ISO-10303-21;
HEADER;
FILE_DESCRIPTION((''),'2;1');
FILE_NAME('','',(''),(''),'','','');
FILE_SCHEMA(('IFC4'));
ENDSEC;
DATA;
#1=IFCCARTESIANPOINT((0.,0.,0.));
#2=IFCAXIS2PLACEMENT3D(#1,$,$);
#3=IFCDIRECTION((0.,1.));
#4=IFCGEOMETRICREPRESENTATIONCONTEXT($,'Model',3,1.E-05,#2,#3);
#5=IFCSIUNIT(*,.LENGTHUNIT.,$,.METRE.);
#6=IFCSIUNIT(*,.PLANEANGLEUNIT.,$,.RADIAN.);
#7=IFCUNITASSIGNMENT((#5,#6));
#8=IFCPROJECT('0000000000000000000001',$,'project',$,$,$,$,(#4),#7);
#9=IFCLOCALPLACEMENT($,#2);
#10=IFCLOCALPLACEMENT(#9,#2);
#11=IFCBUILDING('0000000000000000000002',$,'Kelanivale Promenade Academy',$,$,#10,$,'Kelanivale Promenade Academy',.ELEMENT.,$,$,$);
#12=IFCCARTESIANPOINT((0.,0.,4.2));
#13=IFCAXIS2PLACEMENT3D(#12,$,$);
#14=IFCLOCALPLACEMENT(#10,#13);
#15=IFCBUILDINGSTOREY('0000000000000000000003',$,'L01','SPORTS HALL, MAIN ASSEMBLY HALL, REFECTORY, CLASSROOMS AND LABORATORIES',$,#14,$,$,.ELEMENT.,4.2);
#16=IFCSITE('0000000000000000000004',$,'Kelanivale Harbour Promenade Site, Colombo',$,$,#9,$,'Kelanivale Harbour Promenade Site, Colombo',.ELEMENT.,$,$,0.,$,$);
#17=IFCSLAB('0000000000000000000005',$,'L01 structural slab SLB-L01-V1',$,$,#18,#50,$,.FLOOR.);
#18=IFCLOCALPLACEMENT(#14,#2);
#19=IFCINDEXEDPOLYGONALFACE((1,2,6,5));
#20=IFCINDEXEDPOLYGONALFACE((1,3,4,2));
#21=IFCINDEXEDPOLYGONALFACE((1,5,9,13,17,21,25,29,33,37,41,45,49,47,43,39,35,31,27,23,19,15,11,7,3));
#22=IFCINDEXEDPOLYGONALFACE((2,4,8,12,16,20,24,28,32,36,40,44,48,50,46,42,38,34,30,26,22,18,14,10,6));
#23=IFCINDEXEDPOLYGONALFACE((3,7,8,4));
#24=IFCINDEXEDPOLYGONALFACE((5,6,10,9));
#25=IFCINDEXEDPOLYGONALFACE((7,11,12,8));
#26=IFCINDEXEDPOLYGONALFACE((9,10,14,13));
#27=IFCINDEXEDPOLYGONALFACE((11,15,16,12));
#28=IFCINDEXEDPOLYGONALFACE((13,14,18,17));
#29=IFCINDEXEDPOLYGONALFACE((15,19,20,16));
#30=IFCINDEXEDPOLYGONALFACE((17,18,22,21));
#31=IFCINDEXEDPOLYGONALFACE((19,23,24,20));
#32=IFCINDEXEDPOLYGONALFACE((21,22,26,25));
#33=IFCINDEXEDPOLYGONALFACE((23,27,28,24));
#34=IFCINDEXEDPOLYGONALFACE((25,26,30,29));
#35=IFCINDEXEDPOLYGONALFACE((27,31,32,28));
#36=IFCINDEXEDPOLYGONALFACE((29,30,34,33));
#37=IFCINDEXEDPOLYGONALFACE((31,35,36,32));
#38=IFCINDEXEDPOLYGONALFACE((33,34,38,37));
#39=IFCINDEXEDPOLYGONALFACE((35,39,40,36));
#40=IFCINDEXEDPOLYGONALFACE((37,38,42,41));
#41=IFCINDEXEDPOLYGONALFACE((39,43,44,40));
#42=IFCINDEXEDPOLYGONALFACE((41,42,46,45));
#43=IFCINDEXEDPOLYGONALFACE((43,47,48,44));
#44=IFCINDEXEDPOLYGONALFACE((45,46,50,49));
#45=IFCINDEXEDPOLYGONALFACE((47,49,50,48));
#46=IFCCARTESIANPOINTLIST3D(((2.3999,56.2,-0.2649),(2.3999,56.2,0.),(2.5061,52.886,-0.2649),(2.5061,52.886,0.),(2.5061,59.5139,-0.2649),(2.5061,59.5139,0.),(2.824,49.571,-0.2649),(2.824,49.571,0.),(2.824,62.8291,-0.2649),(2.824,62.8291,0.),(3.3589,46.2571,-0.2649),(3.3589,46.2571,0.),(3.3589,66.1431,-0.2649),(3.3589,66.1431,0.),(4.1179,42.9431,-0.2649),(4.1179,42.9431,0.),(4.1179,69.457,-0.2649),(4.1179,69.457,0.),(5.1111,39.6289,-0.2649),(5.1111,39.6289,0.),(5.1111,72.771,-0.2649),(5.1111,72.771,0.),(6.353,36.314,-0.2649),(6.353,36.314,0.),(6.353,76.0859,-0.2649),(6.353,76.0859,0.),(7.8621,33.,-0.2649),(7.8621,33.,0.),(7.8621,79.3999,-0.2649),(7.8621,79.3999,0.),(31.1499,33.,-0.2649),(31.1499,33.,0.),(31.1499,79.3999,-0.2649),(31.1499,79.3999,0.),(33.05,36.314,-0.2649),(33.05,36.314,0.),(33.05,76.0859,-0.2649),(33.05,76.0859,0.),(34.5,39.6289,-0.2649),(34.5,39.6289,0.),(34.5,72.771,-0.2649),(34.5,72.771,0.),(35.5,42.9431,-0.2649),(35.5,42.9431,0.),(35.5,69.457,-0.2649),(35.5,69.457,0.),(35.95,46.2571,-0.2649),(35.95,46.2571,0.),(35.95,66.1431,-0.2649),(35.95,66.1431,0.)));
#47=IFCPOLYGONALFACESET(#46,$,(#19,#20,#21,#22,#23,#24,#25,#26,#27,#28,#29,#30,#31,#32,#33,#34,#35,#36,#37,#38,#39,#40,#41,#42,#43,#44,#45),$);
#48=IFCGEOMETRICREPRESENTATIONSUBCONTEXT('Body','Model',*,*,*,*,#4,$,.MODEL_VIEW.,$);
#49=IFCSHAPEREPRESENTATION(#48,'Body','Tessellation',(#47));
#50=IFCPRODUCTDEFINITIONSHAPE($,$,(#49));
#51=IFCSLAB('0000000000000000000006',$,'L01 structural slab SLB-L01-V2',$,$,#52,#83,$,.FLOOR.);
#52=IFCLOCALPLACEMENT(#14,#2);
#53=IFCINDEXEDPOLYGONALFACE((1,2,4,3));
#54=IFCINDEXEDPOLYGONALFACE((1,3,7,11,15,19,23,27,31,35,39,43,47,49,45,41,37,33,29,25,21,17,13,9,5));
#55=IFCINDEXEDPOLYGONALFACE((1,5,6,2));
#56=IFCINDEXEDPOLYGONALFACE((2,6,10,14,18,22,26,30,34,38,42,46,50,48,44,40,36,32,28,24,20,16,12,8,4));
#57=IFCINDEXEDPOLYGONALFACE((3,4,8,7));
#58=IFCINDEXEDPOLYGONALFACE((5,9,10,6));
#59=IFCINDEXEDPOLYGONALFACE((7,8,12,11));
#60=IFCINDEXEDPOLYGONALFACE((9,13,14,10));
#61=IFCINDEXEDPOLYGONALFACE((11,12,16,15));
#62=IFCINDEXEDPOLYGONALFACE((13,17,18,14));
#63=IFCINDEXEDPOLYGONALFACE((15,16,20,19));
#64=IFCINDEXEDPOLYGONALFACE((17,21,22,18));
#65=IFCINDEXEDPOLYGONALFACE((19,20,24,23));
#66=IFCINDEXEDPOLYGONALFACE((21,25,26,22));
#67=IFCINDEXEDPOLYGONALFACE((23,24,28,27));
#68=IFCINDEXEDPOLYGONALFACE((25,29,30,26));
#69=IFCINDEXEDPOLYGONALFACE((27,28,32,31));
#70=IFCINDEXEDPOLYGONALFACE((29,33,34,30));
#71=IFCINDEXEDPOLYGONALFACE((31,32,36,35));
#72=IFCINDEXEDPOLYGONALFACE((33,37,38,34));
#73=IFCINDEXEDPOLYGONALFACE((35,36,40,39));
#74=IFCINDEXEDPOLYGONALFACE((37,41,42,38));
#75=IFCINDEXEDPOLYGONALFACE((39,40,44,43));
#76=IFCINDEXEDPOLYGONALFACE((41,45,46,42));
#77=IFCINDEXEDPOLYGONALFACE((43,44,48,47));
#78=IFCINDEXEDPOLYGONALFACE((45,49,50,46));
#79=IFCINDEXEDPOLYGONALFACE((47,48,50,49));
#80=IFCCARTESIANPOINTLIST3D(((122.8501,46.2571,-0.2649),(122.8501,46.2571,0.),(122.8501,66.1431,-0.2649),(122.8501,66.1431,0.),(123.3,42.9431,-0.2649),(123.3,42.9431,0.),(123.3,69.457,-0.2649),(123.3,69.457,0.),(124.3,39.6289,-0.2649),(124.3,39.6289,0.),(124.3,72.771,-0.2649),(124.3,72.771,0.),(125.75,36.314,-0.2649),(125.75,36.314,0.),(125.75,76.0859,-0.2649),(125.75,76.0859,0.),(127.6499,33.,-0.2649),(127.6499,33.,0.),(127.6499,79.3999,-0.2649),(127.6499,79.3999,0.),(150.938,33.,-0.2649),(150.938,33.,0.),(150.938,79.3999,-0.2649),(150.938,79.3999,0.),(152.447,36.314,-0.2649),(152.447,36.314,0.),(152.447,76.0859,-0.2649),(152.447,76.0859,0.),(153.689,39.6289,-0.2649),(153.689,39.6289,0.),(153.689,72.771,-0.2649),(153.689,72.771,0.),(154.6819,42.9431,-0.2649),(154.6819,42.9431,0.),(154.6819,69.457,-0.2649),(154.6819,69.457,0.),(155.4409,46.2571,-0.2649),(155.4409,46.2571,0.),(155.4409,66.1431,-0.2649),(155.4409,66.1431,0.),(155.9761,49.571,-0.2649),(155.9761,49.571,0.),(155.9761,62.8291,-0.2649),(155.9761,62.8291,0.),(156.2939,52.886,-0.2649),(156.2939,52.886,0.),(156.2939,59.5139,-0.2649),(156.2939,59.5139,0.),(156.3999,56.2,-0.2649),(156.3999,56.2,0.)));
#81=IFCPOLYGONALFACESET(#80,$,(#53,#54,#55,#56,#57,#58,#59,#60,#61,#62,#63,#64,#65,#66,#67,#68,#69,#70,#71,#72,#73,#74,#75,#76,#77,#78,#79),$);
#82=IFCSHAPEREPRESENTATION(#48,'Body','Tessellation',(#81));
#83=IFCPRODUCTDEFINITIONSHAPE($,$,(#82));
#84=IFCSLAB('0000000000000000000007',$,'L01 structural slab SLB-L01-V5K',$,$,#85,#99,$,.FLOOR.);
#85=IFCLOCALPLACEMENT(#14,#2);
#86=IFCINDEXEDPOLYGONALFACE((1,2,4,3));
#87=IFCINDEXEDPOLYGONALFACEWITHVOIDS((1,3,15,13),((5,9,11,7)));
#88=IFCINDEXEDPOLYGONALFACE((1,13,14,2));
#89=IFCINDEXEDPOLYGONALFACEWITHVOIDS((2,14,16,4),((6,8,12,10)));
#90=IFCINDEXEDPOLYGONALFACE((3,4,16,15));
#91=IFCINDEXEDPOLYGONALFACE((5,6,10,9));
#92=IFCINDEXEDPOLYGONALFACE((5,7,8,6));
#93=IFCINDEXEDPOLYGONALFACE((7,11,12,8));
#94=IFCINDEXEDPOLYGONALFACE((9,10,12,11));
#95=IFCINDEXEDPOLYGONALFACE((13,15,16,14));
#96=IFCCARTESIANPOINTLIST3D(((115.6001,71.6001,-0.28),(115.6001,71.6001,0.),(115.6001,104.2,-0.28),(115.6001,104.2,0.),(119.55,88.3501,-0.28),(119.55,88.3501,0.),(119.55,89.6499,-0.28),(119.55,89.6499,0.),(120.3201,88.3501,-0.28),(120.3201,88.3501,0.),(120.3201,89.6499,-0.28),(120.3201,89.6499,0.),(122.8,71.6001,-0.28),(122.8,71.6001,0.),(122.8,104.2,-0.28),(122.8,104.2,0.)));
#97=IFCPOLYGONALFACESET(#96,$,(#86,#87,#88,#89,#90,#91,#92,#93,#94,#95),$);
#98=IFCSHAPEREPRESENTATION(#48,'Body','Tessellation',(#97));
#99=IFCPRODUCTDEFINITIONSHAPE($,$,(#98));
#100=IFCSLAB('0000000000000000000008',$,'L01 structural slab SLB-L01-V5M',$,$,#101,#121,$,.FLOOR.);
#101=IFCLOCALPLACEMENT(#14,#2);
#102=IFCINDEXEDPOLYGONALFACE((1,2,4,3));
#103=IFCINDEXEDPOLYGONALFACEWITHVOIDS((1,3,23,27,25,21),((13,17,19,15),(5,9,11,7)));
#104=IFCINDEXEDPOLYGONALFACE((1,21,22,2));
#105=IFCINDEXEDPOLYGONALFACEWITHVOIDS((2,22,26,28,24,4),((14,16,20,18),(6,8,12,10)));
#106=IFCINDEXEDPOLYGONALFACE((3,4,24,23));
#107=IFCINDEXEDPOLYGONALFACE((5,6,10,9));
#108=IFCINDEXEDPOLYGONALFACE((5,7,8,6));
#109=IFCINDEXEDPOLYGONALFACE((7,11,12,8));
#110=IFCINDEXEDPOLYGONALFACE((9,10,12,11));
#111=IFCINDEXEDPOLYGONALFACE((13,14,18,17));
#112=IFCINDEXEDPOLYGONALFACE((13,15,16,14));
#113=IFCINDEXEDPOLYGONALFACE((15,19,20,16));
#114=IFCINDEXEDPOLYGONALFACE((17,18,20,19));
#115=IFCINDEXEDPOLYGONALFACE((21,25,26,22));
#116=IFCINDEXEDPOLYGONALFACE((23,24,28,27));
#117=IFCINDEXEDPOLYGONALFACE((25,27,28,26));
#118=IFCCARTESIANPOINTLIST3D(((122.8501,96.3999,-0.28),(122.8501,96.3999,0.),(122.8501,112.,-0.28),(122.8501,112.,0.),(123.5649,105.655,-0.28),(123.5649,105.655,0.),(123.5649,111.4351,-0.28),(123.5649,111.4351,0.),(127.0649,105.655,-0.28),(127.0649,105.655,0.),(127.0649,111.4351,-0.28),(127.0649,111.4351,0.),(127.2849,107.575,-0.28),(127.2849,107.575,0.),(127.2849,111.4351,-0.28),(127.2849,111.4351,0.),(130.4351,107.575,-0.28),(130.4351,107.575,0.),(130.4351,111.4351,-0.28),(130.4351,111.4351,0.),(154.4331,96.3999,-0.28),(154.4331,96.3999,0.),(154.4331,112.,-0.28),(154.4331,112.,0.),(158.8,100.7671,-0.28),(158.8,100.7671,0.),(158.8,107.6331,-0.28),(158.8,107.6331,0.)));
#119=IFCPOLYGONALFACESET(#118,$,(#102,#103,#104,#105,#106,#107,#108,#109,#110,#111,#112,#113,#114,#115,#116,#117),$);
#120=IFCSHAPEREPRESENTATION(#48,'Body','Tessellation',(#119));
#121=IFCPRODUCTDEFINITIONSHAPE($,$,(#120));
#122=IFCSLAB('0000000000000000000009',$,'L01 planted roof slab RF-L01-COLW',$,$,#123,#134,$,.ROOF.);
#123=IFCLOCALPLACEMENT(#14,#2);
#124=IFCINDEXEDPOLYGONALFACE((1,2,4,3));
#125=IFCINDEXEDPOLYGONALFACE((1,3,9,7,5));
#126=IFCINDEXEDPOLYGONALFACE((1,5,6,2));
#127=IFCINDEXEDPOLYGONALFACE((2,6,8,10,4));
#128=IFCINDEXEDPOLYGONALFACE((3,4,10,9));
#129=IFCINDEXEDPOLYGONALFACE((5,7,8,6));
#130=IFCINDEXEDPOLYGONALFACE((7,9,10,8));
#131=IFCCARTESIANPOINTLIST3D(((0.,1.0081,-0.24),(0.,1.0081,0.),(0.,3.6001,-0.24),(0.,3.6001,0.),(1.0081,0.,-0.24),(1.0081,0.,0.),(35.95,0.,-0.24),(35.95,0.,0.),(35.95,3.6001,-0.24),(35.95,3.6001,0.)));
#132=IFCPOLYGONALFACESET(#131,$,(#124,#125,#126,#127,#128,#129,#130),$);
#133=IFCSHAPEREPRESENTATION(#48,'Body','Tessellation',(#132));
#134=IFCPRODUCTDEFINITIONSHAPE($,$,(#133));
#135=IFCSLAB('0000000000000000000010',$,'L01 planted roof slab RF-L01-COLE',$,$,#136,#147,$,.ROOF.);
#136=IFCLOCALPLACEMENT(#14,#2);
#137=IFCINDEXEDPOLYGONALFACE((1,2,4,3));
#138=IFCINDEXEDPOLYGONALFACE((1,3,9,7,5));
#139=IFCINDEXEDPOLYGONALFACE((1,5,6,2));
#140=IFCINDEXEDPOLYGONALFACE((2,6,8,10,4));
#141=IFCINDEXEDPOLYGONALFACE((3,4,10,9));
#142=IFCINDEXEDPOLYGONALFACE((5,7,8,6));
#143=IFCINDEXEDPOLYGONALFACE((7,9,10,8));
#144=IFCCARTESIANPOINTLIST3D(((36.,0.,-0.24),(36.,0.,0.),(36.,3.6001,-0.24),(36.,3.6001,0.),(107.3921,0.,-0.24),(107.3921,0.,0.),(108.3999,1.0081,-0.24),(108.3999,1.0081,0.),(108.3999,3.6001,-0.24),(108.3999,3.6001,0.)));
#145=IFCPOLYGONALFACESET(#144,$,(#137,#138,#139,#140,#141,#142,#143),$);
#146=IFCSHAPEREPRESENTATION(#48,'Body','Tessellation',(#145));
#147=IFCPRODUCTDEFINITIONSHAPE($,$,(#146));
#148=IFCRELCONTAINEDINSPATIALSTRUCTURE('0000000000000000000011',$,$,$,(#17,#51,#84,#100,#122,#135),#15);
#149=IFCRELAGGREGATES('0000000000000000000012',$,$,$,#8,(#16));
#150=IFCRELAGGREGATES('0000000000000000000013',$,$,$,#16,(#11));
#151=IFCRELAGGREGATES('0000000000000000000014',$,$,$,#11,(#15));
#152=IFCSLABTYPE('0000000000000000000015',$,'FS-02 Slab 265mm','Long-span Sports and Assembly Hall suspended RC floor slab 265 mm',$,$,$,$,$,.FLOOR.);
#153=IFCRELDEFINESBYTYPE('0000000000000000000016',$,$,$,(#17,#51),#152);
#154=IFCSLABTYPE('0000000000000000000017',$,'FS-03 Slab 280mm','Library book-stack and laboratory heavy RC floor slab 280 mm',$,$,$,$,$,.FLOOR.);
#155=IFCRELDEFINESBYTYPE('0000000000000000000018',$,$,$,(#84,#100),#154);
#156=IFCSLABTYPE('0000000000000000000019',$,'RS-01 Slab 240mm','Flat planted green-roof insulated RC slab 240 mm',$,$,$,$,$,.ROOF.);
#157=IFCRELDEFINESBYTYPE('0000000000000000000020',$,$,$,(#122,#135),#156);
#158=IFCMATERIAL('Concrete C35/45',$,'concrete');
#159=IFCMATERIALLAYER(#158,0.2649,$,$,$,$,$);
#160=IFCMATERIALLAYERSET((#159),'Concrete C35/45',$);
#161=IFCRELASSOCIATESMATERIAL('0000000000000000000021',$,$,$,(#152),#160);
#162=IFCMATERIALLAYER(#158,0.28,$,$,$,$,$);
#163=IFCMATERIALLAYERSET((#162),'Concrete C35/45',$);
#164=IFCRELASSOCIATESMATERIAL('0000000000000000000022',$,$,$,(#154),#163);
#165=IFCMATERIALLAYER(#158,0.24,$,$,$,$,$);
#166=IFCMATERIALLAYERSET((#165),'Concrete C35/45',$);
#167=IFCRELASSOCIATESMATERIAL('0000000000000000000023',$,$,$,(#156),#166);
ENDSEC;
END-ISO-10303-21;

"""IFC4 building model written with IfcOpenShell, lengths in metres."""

from ifc_helpers import new_model, si_unit, direction, frame, origin, place, context, subcontext, project, spatial, polyline, outline, extrude, material, layer, layer_set, type_object, element, save


model = new_model("IFC4")

# Units and contexts
model_context = context("Model", 3, precision=1e-05, world=origin(), true_north=direction((0.0, 1.0)))
body_context = subcontext(model_context, "Body", "Model", "MODEL_VIEW")
ifc_project = project(units=[si_unit("LENGTHUNIT", "METRE"), si_unit("PLANEANGLEUNIT", "RADIAN")], contexts=[model_context])

# Site, building, storey
site_placement = place(None, origin())
site = spatial("IfcSite", under=ifc_project, at=site_placement, Name="Kelanivale Harbour Promenade Site, Colombo", LongName="Kelanivale Harbour Promenade Site, Colombo", CompositionType="ELEMENT", RefElevation=0.0)
building_placement = place(site_placement, origin())
building = spatial("IfcBuilding", under=site, at=building_placement, Name="Kelanivale Promenade Academy", LongName="Kelanivale Promenade Academy", CompositionType="ELEMENT")
storey_placement = place(building_placement, frame((0.0, 0.0, 4.2)))
storey = spatial("IfcBuildingStorey", under=building, at=storey_placement, Name="L01", Description="SPORTS HALL, MAIN ASSEMBLY HALL, REFECTORY, CLASSROOMS AND LABORATORIES", CompositionType="ELEMENT", Elevation=4.2)

# Slabs
ifc_material_1 = material(Name="Concrete C35/45", Category="concrete")
ifc_layer_1 = layer(ifc_material_1, 0.2649)
ifc_layer_set_1 = layer_set([ifc_layer_1], Name="Concrete C35/45")
slab_type_1 = type_object("IfcSlabType", Name="FS-02 Slab 265mm", Description="Long-span Sports and Assembly Hall suspended RC floor slab 265 mm", PredefinedType="FLOOR", material=ifc_layer_set_1)
slab_1_placement = place(storey_placement, frame((0.0, 0.0, -0.2649)))
element("IfcSlab", 1, at=slab_1_placement, inside=storey, type_object=slab_type_1, Name="L01 structural slab SLB-L01-V1", PredefinedType="FLOOR", context=body_context, shape_type="SweptSolid", body=[
    extrude(outline(polyline([(3.3589, 66.1431), (2.824, 62.8291), (2.5061, 59.5139), (2.3999, 56.2), (2.5061, 52.886), (2.824, 49.571), (3.3589, 46.2571), (4.1179, 42.9431), (5.1111, 39.6289), (6.353, 36.314), (7.8621, 33.0), (31.1499, 33.0), (33.05, 36.314), (34.5, 39.6289), (35.5, 42.9431), (35.95, 46.2571), (35.95, 66.1431), (35.5, 69.457), (34.5, 72.771), (33.05, 76.0859), (31.1499, 79.3999), (7.8621, 79.3999), (6.353, 76.0859), (5.1111, 72.771), (4.1179, 69.457), (3.3589, 66.1431)])), origin(), (0.0, 0.0, 1.0), 0.2649),
])
slab_2_placement = place(storey_placement, frame((0.0, 0.0, -0.2649)))
element("IfcSlab", 2, at=slab_2_placement, inside=storey, type_object=slab_type_1, Name="L01 structural slab SLB-L01-V2", PredefinedType="FLOOR", context=body_context, shape_type="SweptSolid", body=[
    extrude(outline(polyline([(155.4409, 46.2571), (155.9761, 49.571), (156.2939, 52.886), (156.3999, 56.2), (156.2939, 59.5139), (155.9761, 62.8291), (155.4409, 66.1431), (154.6819, 69.457), (153.689, 72.771), (152.447, 76.0859), (150.938, 79.3999), (127.6499, 79.3999), (125.75, 76.0859), (124.3, 72.771), (123.3, 69.457), (122.8501, 66.1431), (122.8501, 46.2571), (123.3, 42.9431), (124.3, 39.6289), (125.75, 36.314), (127.6499, 33.0), (150.938, 33.0), (152.447, 36.314), (153.689, 39.6289), (154.6819, 42.9431), (155.4409, 46.2571)])), origin(), (0.0, 0.0, 1.0), 0.2649),
])
ifc_layer_2 = layer(ifc_material_1, 0.28)
ifc_layer_set_2 = layer_set([ifc_layer_2], Name="Concrete C35/45")
slab_type_2 = type_object("IfcSlabType", Name="FS-03 Slab 280mm", Description="Library book-stack and laboratory heavy RC floor slab 280 mm", PredefinedType="FLOOR", material=ifc_layer_set_2)
slab_3_placement = place(storey_placement, frame((0.0, 0.0, -0.28)))
element("IfcSlab", 3, at=slab_3_placement, inside=storey, type_object=slab_type_2, Name="L01 structural slab SLB-L01-V5K", PredefinedType="FLOOR", context=body_context, shape_type="SweptSolid", body=[
    extrude(outline(polyline([(122.8, 71.6001), (122.8, 104.2), (115.6001, 104.2), (115.6001, 71.6001), (122.8, 71.6001)]), holes=[polyline([(120.3201, 89.6499), (120.3201, 88.3501), (119.55, 88.3501), (119.55, 89.6499), (120.3201, 89.6499)])]), origin(), (0.0, 0.0, 1.0), 0.28),
])
slab_4_placement = place(storey_placement, frame((0.0, 0.0, -0.28)))
element("IfcSlab", 4, at=slab_4_placement, inside=storey, type_object=slab_type_2, Name="L01 structural slab SLB-L01-V5M", PredefinedType="FLOOR", context=body_context, shape_type="SweptSolid", body=[
    extrude(outline(polyline([(154.4331, 96.3999), (158.8, 100.7671), (158.8, 107.6331), (154.4331, 112.0), (122.8501, 112.0), (122.8501, 96.3999), (154.4331, 96.3999)]), holes=[polyline([(130.4351, 107.575), (127.2849, 107.575), (127.2849, 111.4351), (130.4351, 111.4351), (130.4351, 107.575)]), polyline([(123.5649, 105.655), (123.5649, 111.4351), (127.0649, 111.4351), (127.0649, 105.655), (123.5649, 105.655)])]), origin(), (0.0, 0.0, 1.0), 0.28),
])
ifc_layer_3 = layer(ifc_material_1, 0.24)
ifc_layer_set_3 = layer_set([ifc_layer_3], Name="Concrete C35/45")
slab_type_3 = type_object("IfcSlabType", Name="RS-01 Slab 240mm", Description="Flat planted green-roof insulated RC slab 240 mm", PredefinedType="ROOF", material=ifc_layer_set_3)
slab_5_placement = place(storey_placement, frame((0.0, 0.0, -0.24)))
element("IfcSlab", 5, at=slab_5_placement, inside=storey, type_object=slab_type_3, Name="L01 planted roof slab RF-L01-COLW", PredefinedType="ROOF", context=body_context, shape_type="SweptSolid", body=[
    extrude(outline(polyline([(0.0, 3.6001), (0.0, 1.0081), (1.0081, 0.0), (35.95, 0.0), (35.95, 3.6001), (0.0, 3.6001)])), origin(), (0.0, 0.0, 1.0), 0.24),
])
slab_6_placement = place(storey_placement, frame((0.0, 0.0, -0.24)))
element("IfcSlab", 6, at=slab_6_placement, inside=storey, type_object=slab_type_3, Name="L01 planted roof slab RF-L01-COLE", PredefinedType="ROOF", context=body_context, shape_type="SweptSolid", body=[
    extrude(outline(polyline([(36.0, 3.6001), (36.0, 0.0), (107.3921, 0.0), (108.3999, 1.0081), (108.3999, 3.6001), (36.0, 3.6001)])), origin(), (0.0, 0.0, 1.0), 0.24),
])

save(model, "model.ifc")
